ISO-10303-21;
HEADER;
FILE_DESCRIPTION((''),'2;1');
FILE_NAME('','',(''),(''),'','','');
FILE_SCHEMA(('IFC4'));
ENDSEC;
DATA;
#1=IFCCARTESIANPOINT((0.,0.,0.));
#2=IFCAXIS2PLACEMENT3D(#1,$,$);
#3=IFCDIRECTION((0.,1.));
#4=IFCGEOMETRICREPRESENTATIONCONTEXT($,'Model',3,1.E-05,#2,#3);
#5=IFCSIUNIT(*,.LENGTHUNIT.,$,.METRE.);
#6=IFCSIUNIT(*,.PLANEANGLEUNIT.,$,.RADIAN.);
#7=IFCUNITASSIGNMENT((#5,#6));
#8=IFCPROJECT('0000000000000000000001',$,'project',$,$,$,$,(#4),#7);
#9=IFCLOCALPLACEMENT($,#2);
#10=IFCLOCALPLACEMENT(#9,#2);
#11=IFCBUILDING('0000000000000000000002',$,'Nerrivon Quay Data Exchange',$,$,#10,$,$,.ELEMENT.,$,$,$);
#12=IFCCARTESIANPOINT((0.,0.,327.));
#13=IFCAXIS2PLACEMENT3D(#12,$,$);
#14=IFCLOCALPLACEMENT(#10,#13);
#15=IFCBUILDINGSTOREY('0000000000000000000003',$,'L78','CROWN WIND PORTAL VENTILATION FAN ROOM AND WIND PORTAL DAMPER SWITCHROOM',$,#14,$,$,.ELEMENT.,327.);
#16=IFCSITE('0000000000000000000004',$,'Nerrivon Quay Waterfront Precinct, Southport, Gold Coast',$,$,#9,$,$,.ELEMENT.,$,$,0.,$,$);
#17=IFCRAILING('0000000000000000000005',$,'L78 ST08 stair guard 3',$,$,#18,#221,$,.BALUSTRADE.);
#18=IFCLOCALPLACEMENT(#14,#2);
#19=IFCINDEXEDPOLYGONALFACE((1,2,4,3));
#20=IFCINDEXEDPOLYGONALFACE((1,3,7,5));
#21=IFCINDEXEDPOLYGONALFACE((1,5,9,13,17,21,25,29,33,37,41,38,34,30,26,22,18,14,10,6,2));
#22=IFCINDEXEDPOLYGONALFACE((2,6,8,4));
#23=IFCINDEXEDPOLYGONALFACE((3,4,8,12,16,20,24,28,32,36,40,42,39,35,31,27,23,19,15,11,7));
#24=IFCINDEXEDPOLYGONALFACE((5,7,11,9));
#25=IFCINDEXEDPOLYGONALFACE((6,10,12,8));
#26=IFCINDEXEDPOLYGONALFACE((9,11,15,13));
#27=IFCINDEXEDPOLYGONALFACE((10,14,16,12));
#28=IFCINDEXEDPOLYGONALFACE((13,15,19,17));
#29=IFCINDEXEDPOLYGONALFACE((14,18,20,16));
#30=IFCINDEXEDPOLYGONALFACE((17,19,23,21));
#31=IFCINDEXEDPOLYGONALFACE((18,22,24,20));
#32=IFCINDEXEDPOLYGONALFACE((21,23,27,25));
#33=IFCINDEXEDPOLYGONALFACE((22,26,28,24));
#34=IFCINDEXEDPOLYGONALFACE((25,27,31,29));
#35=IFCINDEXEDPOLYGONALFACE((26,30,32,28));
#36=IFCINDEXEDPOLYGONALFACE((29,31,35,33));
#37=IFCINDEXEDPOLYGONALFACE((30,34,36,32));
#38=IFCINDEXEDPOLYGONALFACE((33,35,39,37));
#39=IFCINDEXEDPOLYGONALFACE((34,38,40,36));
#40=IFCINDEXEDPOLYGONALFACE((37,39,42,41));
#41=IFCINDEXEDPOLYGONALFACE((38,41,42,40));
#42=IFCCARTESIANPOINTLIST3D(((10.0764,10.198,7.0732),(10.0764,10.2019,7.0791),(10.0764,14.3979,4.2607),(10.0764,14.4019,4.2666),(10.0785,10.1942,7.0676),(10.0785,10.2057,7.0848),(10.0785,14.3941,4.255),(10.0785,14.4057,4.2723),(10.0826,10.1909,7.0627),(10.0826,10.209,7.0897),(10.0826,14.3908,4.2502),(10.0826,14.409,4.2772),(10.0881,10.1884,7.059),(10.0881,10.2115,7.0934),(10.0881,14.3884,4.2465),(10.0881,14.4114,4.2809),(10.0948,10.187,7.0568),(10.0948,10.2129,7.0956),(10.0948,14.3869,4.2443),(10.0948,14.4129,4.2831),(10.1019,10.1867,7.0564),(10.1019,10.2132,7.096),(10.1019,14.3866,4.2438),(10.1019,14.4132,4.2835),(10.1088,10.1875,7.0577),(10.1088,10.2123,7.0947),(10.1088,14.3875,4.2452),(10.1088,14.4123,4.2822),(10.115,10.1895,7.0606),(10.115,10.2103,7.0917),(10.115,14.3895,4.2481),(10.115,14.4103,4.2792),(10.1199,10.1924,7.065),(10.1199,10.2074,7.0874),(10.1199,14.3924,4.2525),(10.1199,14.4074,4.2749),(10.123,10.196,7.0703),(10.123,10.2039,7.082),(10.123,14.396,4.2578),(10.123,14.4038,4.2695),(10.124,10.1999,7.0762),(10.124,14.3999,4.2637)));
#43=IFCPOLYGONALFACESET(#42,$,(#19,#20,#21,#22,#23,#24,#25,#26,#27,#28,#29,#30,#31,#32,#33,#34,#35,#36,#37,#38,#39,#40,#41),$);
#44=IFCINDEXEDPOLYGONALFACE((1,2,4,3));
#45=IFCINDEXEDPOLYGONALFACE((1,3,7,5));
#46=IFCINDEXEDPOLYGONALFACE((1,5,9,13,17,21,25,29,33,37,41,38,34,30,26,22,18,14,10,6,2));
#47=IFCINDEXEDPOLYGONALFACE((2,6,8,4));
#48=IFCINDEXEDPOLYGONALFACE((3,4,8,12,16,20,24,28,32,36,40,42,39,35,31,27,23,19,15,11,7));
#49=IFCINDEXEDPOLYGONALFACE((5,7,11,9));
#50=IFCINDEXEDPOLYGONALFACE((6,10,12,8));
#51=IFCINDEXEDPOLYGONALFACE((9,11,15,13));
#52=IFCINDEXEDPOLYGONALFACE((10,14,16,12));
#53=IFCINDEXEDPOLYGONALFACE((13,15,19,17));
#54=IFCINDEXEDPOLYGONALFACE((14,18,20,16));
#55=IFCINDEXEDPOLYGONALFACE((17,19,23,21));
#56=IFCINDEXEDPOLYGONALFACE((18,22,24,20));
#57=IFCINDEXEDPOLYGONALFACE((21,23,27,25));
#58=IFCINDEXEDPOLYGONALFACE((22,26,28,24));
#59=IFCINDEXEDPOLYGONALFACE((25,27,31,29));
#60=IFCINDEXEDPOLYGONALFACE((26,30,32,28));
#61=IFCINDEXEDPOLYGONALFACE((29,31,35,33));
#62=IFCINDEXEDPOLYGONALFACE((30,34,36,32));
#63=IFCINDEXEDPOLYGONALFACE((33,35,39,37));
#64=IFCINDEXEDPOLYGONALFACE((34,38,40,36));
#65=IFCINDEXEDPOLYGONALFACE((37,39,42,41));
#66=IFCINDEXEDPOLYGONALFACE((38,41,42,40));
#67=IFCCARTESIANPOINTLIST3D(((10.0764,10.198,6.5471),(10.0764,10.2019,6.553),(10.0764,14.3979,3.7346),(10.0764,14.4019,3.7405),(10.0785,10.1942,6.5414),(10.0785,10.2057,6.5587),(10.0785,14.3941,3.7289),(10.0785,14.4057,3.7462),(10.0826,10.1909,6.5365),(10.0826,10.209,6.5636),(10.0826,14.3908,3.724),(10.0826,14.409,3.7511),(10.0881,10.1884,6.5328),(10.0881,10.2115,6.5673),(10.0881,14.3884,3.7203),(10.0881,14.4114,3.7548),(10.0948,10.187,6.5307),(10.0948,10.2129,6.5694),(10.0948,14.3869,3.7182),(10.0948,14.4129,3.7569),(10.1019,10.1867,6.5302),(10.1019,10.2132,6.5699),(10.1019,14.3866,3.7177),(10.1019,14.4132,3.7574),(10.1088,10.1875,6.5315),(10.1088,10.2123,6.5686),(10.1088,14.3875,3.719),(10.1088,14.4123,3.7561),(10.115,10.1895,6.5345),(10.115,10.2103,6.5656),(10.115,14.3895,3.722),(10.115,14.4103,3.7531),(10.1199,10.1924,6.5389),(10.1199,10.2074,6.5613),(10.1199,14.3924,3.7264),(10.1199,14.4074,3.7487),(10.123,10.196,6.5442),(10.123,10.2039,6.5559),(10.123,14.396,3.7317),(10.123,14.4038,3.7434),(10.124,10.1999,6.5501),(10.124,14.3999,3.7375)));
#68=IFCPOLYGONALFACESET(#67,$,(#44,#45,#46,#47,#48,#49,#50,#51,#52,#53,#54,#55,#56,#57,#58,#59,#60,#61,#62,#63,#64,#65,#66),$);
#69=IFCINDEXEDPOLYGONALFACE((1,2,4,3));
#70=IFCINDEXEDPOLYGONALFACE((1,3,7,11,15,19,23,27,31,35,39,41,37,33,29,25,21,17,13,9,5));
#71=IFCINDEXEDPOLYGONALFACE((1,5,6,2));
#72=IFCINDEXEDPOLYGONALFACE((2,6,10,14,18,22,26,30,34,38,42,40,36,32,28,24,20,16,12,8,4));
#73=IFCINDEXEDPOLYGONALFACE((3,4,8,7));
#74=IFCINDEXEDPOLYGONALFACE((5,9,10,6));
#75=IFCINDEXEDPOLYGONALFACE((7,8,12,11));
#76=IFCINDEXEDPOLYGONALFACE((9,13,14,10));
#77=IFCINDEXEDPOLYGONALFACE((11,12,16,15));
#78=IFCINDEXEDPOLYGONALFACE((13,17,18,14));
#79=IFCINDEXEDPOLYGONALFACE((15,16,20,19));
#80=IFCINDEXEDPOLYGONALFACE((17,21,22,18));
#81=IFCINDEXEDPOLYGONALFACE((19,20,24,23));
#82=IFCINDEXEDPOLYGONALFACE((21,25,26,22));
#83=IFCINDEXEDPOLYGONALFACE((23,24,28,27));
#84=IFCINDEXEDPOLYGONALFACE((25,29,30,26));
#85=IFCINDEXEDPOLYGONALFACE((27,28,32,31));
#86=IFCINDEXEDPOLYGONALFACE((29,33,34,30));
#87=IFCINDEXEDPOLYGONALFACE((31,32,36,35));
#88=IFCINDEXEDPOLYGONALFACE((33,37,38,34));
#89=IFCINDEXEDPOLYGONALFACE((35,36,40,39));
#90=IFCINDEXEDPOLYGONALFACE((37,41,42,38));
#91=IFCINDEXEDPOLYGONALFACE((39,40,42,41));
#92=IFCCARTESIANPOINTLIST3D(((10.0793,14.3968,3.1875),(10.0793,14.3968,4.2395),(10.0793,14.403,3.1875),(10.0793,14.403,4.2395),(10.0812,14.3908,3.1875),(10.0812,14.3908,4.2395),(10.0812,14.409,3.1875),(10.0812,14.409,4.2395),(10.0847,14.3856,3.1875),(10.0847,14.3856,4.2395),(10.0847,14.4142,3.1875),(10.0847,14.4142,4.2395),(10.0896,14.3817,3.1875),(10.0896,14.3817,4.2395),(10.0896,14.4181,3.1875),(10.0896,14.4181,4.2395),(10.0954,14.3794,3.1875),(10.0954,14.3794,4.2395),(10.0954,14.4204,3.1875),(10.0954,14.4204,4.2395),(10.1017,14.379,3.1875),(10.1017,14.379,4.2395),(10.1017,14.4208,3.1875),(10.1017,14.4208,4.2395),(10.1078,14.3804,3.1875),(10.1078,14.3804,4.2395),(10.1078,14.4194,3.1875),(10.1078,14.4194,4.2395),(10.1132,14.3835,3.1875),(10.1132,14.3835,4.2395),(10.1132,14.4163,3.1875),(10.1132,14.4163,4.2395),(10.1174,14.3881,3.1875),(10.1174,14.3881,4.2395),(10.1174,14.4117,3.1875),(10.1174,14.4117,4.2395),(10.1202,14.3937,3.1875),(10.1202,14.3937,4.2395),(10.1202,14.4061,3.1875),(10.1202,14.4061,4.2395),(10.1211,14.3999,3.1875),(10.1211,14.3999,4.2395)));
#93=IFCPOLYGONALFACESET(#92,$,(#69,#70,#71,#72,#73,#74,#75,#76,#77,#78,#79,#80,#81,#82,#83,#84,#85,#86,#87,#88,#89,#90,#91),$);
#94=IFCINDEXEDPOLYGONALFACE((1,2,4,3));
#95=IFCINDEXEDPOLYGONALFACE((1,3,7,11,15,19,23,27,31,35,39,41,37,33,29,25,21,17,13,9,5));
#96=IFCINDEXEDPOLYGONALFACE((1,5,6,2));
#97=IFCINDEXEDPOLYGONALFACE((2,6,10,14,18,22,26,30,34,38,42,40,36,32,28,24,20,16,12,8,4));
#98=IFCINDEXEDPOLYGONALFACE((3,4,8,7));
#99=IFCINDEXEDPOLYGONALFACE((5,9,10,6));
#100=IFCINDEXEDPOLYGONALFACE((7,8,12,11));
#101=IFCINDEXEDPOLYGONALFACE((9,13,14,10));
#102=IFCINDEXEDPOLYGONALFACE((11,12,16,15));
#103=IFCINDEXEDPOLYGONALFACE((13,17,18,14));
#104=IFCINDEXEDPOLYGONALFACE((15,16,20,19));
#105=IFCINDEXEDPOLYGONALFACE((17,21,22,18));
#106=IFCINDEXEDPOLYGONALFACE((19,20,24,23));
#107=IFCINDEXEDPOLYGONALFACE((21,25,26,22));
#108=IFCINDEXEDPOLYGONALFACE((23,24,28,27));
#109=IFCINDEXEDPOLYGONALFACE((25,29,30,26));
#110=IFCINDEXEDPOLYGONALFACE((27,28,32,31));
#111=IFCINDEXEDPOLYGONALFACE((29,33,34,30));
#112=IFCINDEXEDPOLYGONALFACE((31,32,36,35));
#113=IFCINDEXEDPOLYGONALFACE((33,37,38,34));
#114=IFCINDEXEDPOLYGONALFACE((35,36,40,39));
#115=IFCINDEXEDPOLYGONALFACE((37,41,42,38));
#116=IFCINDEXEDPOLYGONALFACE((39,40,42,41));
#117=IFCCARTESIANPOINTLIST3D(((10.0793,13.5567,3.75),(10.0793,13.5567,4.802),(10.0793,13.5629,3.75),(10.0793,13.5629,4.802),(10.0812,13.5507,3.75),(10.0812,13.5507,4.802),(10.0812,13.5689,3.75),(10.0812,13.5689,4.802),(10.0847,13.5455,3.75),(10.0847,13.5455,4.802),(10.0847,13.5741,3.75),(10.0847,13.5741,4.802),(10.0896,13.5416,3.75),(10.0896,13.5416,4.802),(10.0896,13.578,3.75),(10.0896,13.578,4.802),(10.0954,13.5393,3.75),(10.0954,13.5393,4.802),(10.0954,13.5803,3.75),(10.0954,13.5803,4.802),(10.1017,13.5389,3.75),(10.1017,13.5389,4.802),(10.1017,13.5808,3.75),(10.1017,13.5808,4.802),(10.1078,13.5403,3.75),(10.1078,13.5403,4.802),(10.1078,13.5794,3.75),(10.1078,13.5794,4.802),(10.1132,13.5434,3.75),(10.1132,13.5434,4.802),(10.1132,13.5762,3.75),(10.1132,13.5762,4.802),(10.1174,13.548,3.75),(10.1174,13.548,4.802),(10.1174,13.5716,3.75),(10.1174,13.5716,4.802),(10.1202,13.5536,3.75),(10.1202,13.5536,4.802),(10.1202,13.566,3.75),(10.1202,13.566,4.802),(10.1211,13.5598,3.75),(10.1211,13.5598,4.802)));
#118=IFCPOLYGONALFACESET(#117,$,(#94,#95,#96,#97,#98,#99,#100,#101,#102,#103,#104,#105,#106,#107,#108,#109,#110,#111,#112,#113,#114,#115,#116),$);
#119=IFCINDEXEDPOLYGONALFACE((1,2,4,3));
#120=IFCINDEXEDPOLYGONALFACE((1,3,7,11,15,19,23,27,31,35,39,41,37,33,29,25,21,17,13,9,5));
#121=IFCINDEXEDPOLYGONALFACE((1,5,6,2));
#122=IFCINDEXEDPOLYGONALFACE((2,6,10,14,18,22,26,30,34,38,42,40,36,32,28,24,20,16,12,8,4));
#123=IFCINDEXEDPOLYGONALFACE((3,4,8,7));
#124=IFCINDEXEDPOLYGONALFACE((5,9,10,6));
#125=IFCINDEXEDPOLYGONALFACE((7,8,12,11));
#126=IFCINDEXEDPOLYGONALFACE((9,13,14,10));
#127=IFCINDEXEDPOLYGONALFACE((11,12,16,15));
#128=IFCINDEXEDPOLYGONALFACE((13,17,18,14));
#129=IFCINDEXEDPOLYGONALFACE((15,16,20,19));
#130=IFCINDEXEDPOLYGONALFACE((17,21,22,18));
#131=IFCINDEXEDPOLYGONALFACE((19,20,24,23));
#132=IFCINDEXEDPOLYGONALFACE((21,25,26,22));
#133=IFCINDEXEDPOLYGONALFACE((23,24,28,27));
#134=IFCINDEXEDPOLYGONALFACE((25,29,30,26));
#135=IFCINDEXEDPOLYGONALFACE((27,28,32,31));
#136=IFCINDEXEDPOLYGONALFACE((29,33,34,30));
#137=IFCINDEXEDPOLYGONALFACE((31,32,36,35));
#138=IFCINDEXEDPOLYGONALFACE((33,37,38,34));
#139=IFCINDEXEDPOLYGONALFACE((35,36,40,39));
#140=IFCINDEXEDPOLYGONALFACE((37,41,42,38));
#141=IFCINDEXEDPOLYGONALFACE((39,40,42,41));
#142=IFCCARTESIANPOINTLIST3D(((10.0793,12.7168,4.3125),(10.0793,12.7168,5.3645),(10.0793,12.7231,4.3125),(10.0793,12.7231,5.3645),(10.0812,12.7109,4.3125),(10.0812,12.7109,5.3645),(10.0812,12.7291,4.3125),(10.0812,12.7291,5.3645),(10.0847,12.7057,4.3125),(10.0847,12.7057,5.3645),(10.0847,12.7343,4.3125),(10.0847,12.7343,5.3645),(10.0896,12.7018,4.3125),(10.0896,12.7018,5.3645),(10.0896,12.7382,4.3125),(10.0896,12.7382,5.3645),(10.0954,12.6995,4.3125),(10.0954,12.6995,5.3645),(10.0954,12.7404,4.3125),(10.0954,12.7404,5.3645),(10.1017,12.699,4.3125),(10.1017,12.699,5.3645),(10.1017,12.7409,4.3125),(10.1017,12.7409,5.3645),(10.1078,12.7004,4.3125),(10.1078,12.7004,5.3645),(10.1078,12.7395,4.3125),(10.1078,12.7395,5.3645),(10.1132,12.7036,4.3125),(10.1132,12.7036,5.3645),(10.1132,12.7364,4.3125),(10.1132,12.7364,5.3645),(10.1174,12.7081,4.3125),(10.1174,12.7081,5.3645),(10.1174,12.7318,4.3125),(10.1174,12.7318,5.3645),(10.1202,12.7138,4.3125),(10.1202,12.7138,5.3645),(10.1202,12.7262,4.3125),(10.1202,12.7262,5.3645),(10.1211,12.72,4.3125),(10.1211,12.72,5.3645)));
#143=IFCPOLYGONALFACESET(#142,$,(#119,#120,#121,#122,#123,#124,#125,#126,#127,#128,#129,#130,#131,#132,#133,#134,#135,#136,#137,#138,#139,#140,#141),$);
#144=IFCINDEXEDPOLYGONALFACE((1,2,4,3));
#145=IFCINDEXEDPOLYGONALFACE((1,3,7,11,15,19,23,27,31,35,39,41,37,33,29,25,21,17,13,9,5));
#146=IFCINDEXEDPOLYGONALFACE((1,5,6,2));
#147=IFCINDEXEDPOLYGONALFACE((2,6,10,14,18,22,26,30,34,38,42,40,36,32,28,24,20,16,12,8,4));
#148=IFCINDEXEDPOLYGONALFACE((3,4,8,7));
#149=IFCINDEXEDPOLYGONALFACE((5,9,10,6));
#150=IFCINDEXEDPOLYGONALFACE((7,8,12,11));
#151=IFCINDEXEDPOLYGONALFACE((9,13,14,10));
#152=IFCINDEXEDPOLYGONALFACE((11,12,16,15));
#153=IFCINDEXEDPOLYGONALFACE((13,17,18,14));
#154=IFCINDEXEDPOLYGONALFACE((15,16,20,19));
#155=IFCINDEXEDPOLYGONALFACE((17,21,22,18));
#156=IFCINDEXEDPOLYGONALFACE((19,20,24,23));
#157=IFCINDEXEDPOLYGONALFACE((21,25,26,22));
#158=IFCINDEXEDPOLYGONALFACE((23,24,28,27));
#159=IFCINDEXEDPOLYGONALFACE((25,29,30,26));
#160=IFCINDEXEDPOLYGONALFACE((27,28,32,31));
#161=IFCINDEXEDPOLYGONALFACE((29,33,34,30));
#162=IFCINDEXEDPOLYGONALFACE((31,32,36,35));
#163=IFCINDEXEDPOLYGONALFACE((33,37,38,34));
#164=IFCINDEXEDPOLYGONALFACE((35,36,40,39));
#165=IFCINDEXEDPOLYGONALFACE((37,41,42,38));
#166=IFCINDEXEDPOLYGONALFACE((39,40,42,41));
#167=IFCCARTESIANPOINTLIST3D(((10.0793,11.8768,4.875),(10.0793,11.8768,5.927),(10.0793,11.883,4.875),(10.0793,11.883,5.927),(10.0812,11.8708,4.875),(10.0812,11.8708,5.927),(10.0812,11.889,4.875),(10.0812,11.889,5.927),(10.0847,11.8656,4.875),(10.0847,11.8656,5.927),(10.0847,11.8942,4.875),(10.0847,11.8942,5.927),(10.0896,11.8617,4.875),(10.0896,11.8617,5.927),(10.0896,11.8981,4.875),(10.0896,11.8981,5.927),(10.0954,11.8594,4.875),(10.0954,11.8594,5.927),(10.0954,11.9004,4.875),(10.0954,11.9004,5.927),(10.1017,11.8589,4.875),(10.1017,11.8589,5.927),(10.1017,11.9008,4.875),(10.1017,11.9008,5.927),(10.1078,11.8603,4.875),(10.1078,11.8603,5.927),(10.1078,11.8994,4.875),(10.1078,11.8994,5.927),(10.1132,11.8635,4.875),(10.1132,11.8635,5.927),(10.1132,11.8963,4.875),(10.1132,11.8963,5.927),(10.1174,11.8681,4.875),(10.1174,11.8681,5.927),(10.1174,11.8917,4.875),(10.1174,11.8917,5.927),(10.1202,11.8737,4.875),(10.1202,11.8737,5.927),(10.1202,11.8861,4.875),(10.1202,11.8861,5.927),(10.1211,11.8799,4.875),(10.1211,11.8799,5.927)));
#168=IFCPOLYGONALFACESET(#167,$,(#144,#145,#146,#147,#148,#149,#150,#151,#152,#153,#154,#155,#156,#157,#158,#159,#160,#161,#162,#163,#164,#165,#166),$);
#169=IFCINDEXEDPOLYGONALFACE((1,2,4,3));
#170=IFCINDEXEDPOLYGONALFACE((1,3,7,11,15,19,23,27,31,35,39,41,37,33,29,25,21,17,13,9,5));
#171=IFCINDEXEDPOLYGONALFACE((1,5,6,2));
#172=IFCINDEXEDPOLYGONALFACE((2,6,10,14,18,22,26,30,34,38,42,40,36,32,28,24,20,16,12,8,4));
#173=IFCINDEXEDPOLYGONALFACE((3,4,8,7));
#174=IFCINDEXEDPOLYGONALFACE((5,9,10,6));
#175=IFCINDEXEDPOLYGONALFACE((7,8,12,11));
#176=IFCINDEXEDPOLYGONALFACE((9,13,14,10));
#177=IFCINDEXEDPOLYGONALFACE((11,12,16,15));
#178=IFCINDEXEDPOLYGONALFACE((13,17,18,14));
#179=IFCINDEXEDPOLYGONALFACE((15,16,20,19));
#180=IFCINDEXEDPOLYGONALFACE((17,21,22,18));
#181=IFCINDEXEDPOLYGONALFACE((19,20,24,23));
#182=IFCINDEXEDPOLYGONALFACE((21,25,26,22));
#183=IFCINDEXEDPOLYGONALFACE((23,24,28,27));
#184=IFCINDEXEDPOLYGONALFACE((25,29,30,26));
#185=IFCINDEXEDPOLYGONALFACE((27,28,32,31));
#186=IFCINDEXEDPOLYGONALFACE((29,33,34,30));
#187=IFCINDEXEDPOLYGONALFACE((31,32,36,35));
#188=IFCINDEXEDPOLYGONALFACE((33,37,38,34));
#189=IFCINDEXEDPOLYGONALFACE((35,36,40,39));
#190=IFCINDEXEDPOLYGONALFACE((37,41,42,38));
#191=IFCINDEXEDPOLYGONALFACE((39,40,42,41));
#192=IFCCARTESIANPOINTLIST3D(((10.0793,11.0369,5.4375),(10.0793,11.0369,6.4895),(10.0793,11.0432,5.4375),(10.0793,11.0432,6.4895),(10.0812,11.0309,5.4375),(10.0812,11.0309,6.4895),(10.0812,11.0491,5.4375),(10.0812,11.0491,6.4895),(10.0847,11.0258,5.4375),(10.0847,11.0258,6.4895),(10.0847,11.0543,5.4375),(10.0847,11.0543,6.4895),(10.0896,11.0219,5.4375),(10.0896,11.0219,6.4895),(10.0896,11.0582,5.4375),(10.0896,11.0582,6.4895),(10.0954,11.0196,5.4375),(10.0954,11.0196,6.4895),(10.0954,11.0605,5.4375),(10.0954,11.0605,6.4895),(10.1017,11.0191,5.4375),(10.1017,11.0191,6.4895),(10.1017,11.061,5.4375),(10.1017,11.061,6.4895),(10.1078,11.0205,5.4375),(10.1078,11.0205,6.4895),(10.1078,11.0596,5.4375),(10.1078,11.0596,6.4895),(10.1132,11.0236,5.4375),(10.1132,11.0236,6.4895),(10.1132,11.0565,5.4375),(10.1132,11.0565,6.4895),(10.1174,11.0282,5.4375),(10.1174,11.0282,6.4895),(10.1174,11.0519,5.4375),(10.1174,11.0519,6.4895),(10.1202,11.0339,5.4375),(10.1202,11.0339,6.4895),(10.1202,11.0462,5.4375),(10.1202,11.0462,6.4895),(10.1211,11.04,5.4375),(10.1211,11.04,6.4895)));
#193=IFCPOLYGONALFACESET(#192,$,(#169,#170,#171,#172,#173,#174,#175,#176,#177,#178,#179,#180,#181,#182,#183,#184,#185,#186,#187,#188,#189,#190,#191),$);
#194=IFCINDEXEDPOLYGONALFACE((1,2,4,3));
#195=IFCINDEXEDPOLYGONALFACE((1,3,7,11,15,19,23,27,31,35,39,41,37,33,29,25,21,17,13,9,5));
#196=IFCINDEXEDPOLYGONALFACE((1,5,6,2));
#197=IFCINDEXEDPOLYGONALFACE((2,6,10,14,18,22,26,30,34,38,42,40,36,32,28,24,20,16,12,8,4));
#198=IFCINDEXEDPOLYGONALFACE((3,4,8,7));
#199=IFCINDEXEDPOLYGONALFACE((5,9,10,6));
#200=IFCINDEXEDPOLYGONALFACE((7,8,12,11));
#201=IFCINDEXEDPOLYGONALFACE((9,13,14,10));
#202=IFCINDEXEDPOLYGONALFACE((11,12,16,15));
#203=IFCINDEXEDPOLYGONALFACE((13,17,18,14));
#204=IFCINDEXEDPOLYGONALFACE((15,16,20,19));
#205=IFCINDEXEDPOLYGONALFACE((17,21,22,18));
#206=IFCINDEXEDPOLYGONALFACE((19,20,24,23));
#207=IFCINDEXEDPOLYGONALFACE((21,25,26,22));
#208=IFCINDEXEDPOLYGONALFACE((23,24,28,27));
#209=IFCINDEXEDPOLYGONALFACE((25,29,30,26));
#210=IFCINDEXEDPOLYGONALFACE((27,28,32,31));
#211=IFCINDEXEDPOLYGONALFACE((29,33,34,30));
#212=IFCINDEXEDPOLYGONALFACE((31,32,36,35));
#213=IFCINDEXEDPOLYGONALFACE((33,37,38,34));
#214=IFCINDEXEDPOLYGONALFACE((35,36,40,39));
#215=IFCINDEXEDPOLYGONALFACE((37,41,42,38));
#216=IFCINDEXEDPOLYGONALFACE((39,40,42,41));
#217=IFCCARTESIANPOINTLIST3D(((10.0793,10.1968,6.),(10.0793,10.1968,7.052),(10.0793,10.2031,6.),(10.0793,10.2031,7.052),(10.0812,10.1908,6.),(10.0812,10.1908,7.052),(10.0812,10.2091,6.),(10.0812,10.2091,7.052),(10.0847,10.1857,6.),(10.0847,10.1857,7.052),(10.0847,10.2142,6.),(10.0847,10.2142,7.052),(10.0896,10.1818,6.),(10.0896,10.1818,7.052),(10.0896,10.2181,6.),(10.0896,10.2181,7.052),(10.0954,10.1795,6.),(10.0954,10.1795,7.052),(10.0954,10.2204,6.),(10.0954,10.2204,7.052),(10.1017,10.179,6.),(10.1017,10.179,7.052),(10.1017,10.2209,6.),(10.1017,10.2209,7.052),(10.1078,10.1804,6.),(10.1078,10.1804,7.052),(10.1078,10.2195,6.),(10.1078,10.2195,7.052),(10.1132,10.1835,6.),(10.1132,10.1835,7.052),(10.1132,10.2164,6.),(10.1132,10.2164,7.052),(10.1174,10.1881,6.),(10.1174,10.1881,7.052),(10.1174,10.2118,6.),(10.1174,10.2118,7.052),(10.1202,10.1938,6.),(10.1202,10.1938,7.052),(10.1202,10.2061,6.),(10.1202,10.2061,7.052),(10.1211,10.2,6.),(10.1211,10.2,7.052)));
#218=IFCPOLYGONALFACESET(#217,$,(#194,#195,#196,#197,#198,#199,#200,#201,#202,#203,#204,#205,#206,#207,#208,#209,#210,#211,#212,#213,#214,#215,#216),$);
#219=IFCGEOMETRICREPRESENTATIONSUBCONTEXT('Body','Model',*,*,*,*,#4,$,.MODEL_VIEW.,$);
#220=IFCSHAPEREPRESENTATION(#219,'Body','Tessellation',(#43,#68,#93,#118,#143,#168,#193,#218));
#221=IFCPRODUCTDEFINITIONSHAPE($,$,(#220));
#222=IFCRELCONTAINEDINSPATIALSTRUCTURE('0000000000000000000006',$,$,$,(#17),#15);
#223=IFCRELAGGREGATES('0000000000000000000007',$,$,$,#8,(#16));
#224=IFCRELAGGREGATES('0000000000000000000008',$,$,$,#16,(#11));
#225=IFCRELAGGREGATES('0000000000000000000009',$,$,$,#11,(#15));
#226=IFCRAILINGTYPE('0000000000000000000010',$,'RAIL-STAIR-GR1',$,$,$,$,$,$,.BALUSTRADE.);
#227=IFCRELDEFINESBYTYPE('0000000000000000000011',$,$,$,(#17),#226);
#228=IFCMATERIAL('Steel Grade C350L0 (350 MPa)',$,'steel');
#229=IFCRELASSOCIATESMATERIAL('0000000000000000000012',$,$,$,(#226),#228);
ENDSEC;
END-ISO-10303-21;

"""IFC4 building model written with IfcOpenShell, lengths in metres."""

from ifc_helpers import new_model, si_unit, direction, frame, origin, origin_2d, place, context, subcontext, project, spatial, circle, extrude, material, type_object, element, save


model = new_model("IFC4")

# Units and contexts
model_context = context("Model", 3, precision=1e-05, world=origin(), true_north=direction((0.0, 1.0)))
body_context = subcontext(model_context, "Body", "Model", "MODEL_VIEW")
ifc_project = project(units=[si_unit("LENGTHUNIT", "METRE"), si_unit("PLANEANGLEUNIT", "RADIAN")], contexts=[model_context])

# Site, building, storey
site_placement = place(None, origin())
site = spatial("IfcSite", under=ifc_project, at=site_placement, Name="Nerrivon Quay Waterfront Precinct, Southport, Gold Coast", CompositionType="ELEMENT", RefElevation=0.0)
building_placement = place(site_placement, origin())
building = spatial("IfcBuilding", under=site, at=building_placement, Name="Nerrivon Quay Data Exchange", CompositionType="ELEMENT")
storey_placement = place(building_placement, frame((0.0, 0.0, 327.0)))
storey = spatial("IfcBuildingStorey", under=building, at=storey_placement, Name="L78", Description="CROWN WIND PORTAL VENTILATION FAN ROOM AND WIND PORTAL DAMPER SWITCHROOM", CompositionType="ELEMENT", Elevation=327.0)

# Shared definitions
ifc_material_1 = material(Name="Steel Grade C350L0 (350 MPa)", Category="steel")

# Railing
railing_type_1 = type_object("IfcRailingType", Name="RAIL-STAIR-GR1", PredefinedType="BALUSTRADE", material=ifc_material_1)
railing_1_placement = place(storey_placement, frame((10.1001, 14.3999, 3.1875)))
element("IfcRailing", 1, at=railing_1_placement, inside=storey, type_object=railing_type_1, Name="L78 ST08 stair guard 3", PredefinedType="BALUSTRADE", context=body_context, shape_type="SweptSolid", body=[
    extrude(circle(Radius=0.0239, at=origin_2d()), frame((0.0, 0.0, 1.0762), z_axis=(0.0, -0.830904, 0.556416), x_axis=(1.0, 0.0, 0.0)), (0.0, 0.0, 1.0), 5.0547),
    extrude(circle(Radius=0.0239, at=origin_2d()), frame((0.0, 0.0, 0.55), z_axis=(0.0, -0.830904, 0.556416), x_axis=(1.0, 0.0, 0.0)), (0.0, 0.0, 1.0), 5.0547),
    extrude(circle(Radius=0.021, at=origin_2d()), origin(), (0.0, 0.0, 1.0), 1.052),
    extrude(circle(Radius=0.021, at=origin_2d()), frame((0.0, -0.8401, 0.5625)), (0.0, 0.0, 1.0), 1.052),
    extrude(circle(Radius=0.021, at=origin_2d()), frame((0.0, -1.6799, 1.125)), (0.0, 0.0, 1.0), 1.052),
    extrude(circle(Radius=0.021, at=origin_2d()), frame((0.0, -2.52, 1.6875)), (0.0, 0.0, 1.0), 1.052),
    extrude(circle(Radius=0.021, at=origin_2d()), frame((0.0, -3.3599, 2.25)), (0.0, 0.0, 1.0), 1.052),
    extrude(circle(Radius=0.021, at=origin_2d()), frame((0.0, -4.2, 2.8125)), (0.0, 0.0, 1.0), 1.052),
])

save(model, "model.ifc")
